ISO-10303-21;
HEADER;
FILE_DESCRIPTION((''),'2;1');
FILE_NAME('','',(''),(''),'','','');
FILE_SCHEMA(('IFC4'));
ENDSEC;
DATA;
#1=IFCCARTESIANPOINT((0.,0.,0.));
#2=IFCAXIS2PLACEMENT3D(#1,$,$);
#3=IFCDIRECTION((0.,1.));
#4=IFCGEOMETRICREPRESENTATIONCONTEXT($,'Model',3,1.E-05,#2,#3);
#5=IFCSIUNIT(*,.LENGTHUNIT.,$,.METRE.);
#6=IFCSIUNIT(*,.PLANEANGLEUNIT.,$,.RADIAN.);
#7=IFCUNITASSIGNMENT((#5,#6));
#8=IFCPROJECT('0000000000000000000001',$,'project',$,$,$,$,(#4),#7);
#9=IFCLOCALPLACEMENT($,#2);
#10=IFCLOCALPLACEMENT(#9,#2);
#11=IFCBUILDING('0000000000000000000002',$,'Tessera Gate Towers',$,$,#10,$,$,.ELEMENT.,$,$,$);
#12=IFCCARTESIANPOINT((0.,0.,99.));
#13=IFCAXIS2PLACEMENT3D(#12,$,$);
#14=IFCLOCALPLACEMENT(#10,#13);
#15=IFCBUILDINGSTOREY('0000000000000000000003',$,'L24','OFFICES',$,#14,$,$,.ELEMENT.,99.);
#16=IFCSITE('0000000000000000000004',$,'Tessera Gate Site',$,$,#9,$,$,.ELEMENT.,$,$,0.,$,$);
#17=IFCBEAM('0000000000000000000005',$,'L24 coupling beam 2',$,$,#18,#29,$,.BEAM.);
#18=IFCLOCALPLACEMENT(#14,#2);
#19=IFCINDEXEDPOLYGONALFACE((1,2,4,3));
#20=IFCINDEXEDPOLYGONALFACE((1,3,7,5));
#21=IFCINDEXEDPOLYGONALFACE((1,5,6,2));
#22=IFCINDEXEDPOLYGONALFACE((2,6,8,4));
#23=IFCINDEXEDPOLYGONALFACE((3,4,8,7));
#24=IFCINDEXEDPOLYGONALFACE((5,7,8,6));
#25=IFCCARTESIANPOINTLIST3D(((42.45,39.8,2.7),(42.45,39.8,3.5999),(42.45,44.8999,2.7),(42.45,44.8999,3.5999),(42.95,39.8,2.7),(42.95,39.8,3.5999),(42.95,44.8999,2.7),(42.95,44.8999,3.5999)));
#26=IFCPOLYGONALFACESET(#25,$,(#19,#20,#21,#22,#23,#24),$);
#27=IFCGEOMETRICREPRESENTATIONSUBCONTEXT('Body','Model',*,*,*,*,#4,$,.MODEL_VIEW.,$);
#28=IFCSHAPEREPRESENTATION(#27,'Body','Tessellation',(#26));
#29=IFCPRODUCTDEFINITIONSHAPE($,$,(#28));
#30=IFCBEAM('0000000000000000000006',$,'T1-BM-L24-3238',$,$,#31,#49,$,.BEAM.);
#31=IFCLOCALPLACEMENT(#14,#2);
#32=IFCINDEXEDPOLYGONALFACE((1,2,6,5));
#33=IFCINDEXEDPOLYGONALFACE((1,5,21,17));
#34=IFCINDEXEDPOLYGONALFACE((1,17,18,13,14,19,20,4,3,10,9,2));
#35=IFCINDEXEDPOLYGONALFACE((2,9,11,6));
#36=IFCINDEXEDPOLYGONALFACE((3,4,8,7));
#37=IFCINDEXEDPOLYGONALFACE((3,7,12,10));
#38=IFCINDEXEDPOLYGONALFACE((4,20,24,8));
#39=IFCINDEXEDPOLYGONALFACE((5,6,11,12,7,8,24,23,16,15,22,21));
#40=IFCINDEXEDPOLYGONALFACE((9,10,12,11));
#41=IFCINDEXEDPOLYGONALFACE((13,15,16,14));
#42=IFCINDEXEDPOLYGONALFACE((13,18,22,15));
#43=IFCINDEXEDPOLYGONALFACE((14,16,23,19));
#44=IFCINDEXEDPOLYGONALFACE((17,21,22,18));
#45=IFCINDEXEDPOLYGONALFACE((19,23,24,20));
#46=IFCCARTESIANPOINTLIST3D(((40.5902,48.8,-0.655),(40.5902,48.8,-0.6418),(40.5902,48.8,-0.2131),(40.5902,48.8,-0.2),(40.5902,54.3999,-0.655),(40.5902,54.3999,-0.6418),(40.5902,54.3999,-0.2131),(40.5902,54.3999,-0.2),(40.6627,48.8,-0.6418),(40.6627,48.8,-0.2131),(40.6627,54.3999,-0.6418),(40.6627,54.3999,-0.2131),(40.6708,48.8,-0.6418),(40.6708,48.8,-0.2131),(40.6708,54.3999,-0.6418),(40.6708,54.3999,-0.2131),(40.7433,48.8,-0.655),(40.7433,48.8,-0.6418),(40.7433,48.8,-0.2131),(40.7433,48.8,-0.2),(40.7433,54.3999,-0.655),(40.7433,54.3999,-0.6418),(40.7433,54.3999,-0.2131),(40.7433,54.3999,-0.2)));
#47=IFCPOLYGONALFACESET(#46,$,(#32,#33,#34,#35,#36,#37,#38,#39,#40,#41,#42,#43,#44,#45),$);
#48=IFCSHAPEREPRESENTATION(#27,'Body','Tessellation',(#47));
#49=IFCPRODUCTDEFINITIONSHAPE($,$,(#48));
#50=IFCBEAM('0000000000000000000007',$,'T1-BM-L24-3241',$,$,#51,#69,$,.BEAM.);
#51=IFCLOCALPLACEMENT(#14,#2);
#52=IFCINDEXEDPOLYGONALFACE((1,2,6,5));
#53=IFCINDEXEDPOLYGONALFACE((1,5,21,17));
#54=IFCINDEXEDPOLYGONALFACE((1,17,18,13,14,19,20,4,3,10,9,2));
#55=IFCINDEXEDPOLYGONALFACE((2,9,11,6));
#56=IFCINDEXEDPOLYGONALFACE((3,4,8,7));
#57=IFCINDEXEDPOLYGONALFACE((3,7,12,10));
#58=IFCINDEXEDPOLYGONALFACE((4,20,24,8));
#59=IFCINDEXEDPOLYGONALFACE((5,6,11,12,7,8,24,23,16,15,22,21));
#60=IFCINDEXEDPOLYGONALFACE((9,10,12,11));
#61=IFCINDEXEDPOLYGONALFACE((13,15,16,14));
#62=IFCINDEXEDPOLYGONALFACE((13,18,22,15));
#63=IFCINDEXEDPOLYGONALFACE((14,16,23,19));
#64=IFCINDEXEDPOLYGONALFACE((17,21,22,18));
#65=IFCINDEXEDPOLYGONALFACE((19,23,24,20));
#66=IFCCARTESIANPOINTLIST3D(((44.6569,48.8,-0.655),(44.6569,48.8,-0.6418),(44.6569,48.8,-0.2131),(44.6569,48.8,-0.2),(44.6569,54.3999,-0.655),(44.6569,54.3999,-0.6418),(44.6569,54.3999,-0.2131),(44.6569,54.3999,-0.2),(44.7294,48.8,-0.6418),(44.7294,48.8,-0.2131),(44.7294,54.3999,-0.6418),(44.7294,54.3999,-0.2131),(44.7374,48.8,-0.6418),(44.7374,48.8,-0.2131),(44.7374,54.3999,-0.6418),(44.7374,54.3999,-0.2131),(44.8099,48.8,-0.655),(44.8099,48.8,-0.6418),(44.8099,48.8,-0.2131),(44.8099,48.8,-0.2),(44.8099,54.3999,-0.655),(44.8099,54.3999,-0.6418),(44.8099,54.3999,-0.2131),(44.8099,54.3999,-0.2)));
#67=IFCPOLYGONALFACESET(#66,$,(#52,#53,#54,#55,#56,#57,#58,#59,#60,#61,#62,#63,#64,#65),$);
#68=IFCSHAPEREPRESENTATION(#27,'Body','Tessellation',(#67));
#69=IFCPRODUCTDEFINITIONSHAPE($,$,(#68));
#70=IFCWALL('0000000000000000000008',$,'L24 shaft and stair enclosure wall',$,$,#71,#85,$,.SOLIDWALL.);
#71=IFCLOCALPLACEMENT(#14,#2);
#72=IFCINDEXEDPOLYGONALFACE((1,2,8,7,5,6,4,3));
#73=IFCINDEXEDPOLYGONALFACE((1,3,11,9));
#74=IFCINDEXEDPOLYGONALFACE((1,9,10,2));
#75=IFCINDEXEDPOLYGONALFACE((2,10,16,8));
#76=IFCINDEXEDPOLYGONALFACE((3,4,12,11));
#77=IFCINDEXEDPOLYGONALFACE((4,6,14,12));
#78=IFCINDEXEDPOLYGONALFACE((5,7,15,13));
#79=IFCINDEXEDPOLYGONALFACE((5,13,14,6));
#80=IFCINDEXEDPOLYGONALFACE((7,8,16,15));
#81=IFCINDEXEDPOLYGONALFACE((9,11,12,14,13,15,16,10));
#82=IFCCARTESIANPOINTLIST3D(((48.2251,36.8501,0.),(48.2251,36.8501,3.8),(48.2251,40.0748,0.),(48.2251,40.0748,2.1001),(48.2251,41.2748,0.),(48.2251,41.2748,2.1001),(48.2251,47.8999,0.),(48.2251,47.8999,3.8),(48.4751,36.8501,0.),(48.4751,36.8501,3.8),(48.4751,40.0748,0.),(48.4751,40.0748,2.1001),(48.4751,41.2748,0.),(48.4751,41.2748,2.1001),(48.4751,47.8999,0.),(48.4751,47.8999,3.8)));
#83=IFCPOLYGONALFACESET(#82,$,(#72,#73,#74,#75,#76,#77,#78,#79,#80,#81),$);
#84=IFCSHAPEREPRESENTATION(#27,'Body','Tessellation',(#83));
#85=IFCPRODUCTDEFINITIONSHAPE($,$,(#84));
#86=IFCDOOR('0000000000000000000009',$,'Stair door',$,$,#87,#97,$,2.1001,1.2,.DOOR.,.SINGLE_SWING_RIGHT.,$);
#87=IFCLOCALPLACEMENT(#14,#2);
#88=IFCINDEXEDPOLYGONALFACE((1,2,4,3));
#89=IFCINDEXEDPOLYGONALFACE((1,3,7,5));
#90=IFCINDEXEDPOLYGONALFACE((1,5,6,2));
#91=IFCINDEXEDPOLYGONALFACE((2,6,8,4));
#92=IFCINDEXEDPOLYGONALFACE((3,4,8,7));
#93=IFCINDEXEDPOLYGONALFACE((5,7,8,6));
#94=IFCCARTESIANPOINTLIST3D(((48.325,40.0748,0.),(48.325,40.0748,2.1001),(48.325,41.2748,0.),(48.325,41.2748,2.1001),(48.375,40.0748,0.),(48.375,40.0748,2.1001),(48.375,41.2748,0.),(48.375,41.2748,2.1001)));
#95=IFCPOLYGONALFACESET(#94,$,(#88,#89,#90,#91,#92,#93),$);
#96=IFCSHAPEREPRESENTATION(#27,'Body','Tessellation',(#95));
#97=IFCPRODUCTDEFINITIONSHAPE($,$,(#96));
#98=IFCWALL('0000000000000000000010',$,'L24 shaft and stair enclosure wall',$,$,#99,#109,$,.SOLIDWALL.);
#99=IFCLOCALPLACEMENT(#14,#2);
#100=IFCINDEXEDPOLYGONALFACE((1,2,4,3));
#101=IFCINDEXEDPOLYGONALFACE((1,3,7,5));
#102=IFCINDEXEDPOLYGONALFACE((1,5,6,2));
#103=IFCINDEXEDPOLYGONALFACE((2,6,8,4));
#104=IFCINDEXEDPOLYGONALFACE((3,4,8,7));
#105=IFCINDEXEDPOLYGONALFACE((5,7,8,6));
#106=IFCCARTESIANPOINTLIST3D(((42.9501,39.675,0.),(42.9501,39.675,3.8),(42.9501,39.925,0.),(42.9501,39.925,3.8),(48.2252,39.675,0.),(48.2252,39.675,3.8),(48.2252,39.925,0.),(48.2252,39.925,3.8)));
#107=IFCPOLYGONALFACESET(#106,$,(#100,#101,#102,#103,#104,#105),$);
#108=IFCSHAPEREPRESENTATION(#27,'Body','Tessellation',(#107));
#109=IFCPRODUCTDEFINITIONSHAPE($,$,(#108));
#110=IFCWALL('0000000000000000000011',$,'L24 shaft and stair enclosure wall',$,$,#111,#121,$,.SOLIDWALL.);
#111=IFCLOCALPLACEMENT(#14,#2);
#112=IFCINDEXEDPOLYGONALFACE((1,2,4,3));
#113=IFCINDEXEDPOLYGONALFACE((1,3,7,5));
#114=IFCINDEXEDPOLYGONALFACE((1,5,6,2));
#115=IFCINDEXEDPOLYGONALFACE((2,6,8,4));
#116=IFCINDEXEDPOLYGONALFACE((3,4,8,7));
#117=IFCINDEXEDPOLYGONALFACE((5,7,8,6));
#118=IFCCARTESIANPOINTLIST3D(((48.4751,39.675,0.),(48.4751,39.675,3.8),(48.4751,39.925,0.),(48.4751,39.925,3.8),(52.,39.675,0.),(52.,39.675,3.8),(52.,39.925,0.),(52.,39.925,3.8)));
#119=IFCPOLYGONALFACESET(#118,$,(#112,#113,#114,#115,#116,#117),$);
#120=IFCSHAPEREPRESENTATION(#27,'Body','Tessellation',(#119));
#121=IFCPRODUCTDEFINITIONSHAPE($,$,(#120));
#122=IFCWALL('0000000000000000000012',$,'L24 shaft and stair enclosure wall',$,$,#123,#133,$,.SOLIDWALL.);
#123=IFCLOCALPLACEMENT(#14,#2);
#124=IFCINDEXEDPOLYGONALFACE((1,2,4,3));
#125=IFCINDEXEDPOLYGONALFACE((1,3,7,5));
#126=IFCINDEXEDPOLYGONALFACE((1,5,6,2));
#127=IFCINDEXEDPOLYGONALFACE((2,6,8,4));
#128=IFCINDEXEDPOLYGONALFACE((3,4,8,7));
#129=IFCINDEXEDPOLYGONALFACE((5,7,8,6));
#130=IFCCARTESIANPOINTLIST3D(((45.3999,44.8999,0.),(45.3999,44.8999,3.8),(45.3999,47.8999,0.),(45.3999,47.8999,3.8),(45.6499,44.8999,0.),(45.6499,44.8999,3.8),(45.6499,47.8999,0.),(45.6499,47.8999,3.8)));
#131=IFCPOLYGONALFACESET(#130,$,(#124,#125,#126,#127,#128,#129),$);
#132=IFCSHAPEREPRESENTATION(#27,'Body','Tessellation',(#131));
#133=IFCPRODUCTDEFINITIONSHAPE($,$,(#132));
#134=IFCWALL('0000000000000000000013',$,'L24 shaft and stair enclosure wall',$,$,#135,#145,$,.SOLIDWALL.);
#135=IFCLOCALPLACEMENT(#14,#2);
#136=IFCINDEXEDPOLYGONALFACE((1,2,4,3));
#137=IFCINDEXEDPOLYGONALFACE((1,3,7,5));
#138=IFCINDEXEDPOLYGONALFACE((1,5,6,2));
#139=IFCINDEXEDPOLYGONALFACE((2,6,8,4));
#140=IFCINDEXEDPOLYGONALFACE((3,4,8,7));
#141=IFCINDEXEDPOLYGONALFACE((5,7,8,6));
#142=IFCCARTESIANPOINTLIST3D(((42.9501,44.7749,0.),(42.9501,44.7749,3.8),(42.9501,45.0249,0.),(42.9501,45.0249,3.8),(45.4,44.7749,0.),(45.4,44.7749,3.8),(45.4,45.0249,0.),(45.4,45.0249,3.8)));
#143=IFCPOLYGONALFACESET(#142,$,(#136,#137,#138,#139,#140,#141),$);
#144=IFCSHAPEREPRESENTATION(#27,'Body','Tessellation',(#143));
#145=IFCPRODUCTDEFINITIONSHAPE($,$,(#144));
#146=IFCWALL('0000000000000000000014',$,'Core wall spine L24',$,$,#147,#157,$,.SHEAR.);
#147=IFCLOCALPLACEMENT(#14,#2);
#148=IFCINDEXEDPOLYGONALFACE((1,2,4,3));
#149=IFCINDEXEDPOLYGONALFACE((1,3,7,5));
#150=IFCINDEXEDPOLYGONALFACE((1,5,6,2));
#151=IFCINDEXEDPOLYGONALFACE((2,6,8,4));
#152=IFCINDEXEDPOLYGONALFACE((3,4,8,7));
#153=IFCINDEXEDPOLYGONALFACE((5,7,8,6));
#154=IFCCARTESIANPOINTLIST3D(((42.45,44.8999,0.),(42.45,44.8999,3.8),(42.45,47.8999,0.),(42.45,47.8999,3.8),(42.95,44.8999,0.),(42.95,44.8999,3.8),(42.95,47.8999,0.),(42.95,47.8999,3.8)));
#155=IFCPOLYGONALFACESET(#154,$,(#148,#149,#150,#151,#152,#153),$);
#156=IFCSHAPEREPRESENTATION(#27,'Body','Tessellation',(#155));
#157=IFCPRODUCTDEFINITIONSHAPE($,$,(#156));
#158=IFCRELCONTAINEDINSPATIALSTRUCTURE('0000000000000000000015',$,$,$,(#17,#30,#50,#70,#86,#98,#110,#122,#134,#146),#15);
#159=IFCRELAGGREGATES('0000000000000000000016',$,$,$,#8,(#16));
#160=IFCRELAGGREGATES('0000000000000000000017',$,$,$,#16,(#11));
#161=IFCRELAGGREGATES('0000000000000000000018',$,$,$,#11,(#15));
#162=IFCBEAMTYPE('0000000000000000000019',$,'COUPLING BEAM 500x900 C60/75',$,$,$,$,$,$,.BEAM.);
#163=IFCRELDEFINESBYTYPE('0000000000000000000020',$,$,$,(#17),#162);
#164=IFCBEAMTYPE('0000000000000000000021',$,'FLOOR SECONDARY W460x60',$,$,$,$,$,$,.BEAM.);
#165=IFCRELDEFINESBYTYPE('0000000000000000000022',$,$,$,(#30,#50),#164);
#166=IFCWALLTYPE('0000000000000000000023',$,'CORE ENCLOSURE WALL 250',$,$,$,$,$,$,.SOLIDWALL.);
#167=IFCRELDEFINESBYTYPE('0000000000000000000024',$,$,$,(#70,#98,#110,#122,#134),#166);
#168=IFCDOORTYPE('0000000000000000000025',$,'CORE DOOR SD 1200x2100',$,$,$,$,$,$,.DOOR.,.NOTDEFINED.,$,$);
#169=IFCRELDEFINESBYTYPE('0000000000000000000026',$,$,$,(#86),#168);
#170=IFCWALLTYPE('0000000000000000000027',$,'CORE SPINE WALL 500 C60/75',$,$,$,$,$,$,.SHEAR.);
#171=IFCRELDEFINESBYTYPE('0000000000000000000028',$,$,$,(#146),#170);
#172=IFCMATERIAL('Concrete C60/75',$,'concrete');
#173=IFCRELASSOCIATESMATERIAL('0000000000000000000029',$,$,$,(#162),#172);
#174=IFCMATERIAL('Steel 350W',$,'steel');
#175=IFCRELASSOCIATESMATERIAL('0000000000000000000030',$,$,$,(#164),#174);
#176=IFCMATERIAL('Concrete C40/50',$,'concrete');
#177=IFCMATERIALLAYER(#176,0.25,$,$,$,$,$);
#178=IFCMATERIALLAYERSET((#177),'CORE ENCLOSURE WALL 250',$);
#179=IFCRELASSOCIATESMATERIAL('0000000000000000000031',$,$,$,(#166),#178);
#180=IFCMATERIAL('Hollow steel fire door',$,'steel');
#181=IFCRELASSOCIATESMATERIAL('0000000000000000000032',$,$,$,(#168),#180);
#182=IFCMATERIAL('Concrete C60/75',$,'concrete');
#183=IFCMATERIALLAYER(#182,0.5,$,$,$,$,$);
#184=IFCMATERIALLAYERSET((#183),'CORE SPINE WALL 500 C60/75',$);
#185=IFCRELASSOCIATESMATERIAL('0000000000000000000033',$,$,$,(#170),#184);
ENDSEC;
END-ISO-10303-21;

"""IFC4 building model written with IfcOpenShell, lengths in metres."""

from ifc_helpers import new_model, si_unit, direction, frame, frame_2d, origin, origin_2d, place, context, subcontext, project, spatial, rectangle, i_section, extrude, source, transform, mapped, material, layer, layer_set, material_profile, profile_set, type_object, element, fill, save


model = new_model("IFC4")

# Units and contexts
model_context = context("Model", 3, precision=1e-05, world=origin(), true_north=direction((0.0, 1.0)))
body_context = subcontext(model_context, "Body", "Model", "MODEL_VIEW")
ifc_project = project(units=[si_unit("LENGTHUNIT", "METRE"), si_unit("PLANEANGLEUNIT", "RADIAN")], contexts=[model_context])

# Site, building, storey
site_placement = place(None, origin())
site = spatial("IfcSite", under=ifc_project, at=site_placement, Name="Tessera Gate Site", CompositionType="ELEMENT", RefElevation=0.0)
building_placement = place(site_placement, origin())
building = spatial("IfcBuilding", under=site, at=building_placement, Name="Tessera Gate Towers", CompositionType="ELEMENT")
storey_placement = place(building_placement, frame((0.0, 0.0, 99.0)))
storey = spatial("IfcBuildingStorey", under=building, at=storey_placement, Name="L24", Description="OFFICES", CompositionType="ELEMENT", Elevation=99.0)

# Beams
ifc_material_1 = material(Name="Concrete C60/75", Category="concrete")
ifc_material_profile_1 = material_profile(ifc_material_1, rectangle(XDim=0.5, YDim=0.8999, at=origin_2d()), Name="RC 500x900")
ifc_profile_set_1 = profile_set([ifc_material_profile_1], Name="Concrete C60/75")
beam_type_1 = type_object("IfcBeamType", Name="COUPLING BEAM 500x900 C60/75", PredefinedType="BEAM", material=ifc_profile_set_1)
beam_placement = place(storey_placement, frame((42.7, 39.8, 3.1499), z_axis=(0.0, 1.0, 0.0), x_axis=(-1.0, 0.0, 0.0)))
element("IfcBeam", 1, at=beam_placement, inside=storey, type_object=beam_type_1, Name="L24 coupling beam 2", PredefinedType="BEAM", context=body_context, shape_type="SweptSolid", body=[
    extrude(rectangle(XDim=0.5, YDim=0.8999, at=origin_2d()), origin(), (0.0, 0.0, 1.0), 5.0999),
])
ifc_material_2 = material(Name="Steel 350W", Category="steel")
ifc_material_profile_2 = material_profile(ifc_material_2, i_section(OverallWidth=0.1531, OverallDepth=0.4551, WebThickness=0.0081, FlangeThickness=0.0132, at=origin_2d()), Name="W460x60")
ifc_profile_set_2 = profile_set([ifc_material_profile_2], Name="Steel 350W")
beam_type_2 = type_object("IfcBeamType", Name="FLOOR SECONDARY W460x60", PredefinedType="BEAM", material=ifc_profile_set_2)
for number, where, z_axis, x_axis, name in (
    (2, (40.6667, 48.8, -0.4275), (0.0, 1.0, 0.0), (-1.0, 0.0, 0.0), "T1-BM-L24-3238"),
    (3, (44.7334, 48.8, -0.4275), (0.0, 1.0, 0.0), (-1.0, 0.0, 0.0), "T1-BM-L24-3241"),
):
    element("IfcBeam", number, at=place(storey_placement, frame(where, z_axis=z_axis, x_axis=x_axis)), inside=storey, type_object=beam_type_2, Name=name, PredefinedType="BEAM", context=body_context, shape_type="SweptSolid", body=[
        extrude(i_section(OverallWidth=0.1531, OverallDepth=0.4551, WebThickness=0.0081, FlangeThickness=0.0132, at=origin_2d()), origin(), (0.0, 0.0, 1.0), 5.5999),
    ])

# Wall, opening, door
ifc_material_3 = material(Name="Concrete C40/50", Category="concrete")
ifc_layer_1 = layer(ifc_material_3, 0.25)
ifc_layer_set_1 = layer_set([ifc_layer_1], Name="CORE ENCLOSURE WALL 250")
wall_type_1 = type_object("IfcWallType", Name="CORE ENCLOSURE WALL 250", PredefinedType="SOLIDWALL", material=ifc_layer_set_1)
wall_1_placement = place(storey_placement, frame((48.3501, 47.8999, 0.0), z_axis=(0.0, 0.0, 1.0), x_axis=(0.0, -1.0, 0.0)))
wall_1 = element("IfcWall", 4, at=wall_1_placement, inside=storey, type_object=wall_type_1, Name="L24 shaft and stair enclosure wall", PredefinedType="SOLIDWALL", context=body_context, shape_type="SweptSolid", body=[
    extrude(rectangle(XDim=11.0498, YDim=0.25, at=frame_2d((5.5249, 0.0))), origin(), (0.0, 0.0, 1.0), 3.8),
])
shared_shape_1 = source(origin(), body_context, "Body", "SweptSolid", [
    extrude(rectangle(XDim=1.2, YDim=2.1001, at=frame_2d((0.6001, 1.05))), frame((0.0, 0.135, 0.0), z_axis=(0.0, -1.0, 0.0), x_axis=(1.0, 0.0, 0.0)), (0.0, 0.0, 1.0), 0.27),
])
opening_1_placement = place(wall_1_placement, frame((6.625, 0.0, 0.0)))
opening_1 = element("IfcOpeningElement", 5, at=opening_1_placement, cuts=wall_1, PredefinedType="OPENING", context=body_context, shape_type="MappedRepresentation", body=[
    mapped(shared_shape_1, transform((0.0, 0.0, 0.0), scale=1.0)),
])
ifc_material_4 = material(Name="Hollow steel fire door", Category="steel")
door_type_1 = type_object("IfcDoorType", Name="CORE DOOR SD 1200x2100", OperationType="NOTDEFINED", PredefinedType="DOOR", material=ifc_material_4)
shared_shape_2 = source(origin(), body_context, "Body", "SweptSolid", [
    extrude(rectangle(XDim=1.2, YDim=2.1001, at=frame_2d((0.6001, 1.05))), frame((0.0, 0.0249, 0.0), z_axis=(0.0, -1.0, 0.0), x_axis=(1.0, 0.0, 0.0)), (0.0, 0.0, 1.0), 0.05),
])
door_1_placement = place(opening_1_placement, origin())
door_1 = element("IfcDoor", 6, at=door_1_placement, inside=storey, type_object=door_type_1, Name="Stair door", OperationType="SINGLE_SWING_RIGHT", OverallHeight=2.1001, OverallWidth=1.2, PredefinedType="DOOR", context=body_context, shape_type="MappedRepresentation", body=[
    mapped(shared_shape_2, transform((0.0, 0.0, 0.0), scale=1.0)),
])
fill(opening_1, door_1)

# Walls
wall_2_placement = place(storey_placement, frame((42.95, 39.8, 0.0), z_axis=(0.0, 0.0, 1.0), x_axis=(1.0, 0.0, 0.0)))
element("IfcWall", 7, at=wall_2_placement, inside=storey, type_object=wall_type_1, Name="L24 shaft and stair enclosure wall", PredefinedType="SOLIDWALL", context=body_context, shape_type="SweptSolid", body=[
    extrude(rectangle(XDim=5.2751, YDim=0.25, at=frame_2d((2.6377, 0.0))), origin(), (0.0, 0.0, 1.0), 3.8),
])
wall_3_placement = place(storey_placement, frame((48.4751, 39.8, 0.0), z_axis=(0.0, 0.0, 1.0), x_axis=(1.0, 0.0, 0.0)))
element("IfcWall", 8, at=wall_3_placement, inside=storey, type_object=wall_type_1, Name="L24 shaft and stair enclosure wall", PredefinedType="SOLIDWALL", context=body_context, shape_type="SweptSolid", body=[
    extrude(rectangle(XDim=3.5249, YDim=0.25, at=frame_2d((1.7625, 0.0))), origin(), (0.0, 0.0, 1.0), 3.8),
])
wall_4_placement = place(storey_placement, frame((45.5249, 44.8999, 0.0), z_axis=(0.0, 0.0, 1.0), x_axis=(0.0, 1.0, 0.0)))
element("IfcWall", 9, at=wall_4_placement, inside=storey, type_object=wall_type_1, Name="L24 shaft and stair enclosure wall", PredefinedType="SOLIDWALL", context=body_context, shape_type="SweptSolid", body=[
    extrude(rectangle(XDim=3.0, YDim=0.25, at=frame_2d((1.5, 0.0))), origin(), (0.0, 0.0, 1.0), 3.8),
])
wall_5_placement = place(storey_placement, frame((42.95, 44.8999, 0.0), z_axis=(0.0, 0.0, 1.0), x_axis=(1.0, 0.0, 0.0)))
element("IfcWall", 10, at=wall_5_placement, inside=storey, type_object=wall_type_1, Name="L24 shaft and stair enclosure wall", PredefinedType="SOLIDWALL", context=body_context, shape_type="SweptSolid", body=[
    extrude(rectangle(XDim=2.45, YDim=0.25, at=frame_2d((1.2251, 0.0))), origin(), (0.0, 0.0, 1.0), 3.8),
])
ifc_material_5 = material(Name="Concrete C60/75", Category="concrete")
ifc_layer_2 = layer(ifc_material_5, 0.5)
ifc_layer_set_2 = layer_set([ifc_layer_2], Name="CORE SPINE WALL 500 C60/75")
wall_type_2 = type_object("IfcWallType", Name="CORE SPINE WALL 500 C60/75", PredefinedType="SHEAR", material=ifc_layer_set_2)
wall_6_placement = place(storey_placement, frame((42.7, 44.8999, 0.0), z_axis=(0.0, 0.0, 1.0), x_axis=(0.0, 1.0, 0.0)))
element("IfcWall", 11, at=wall_6_placement, inside=storey, type_object=wall_type_2, Name="Core wall spine L24", PredefinedType="SHEAR", context=body_context, shape_type="SweptSolid", body=[
    extrude(rectangle(XDim=3.0, YDim=0.5, at=frame_2d((1.5, 0.0))), origin(), (0.0, 0.0, 1.0), 3.8),
])

save(model, "model.ifc")
